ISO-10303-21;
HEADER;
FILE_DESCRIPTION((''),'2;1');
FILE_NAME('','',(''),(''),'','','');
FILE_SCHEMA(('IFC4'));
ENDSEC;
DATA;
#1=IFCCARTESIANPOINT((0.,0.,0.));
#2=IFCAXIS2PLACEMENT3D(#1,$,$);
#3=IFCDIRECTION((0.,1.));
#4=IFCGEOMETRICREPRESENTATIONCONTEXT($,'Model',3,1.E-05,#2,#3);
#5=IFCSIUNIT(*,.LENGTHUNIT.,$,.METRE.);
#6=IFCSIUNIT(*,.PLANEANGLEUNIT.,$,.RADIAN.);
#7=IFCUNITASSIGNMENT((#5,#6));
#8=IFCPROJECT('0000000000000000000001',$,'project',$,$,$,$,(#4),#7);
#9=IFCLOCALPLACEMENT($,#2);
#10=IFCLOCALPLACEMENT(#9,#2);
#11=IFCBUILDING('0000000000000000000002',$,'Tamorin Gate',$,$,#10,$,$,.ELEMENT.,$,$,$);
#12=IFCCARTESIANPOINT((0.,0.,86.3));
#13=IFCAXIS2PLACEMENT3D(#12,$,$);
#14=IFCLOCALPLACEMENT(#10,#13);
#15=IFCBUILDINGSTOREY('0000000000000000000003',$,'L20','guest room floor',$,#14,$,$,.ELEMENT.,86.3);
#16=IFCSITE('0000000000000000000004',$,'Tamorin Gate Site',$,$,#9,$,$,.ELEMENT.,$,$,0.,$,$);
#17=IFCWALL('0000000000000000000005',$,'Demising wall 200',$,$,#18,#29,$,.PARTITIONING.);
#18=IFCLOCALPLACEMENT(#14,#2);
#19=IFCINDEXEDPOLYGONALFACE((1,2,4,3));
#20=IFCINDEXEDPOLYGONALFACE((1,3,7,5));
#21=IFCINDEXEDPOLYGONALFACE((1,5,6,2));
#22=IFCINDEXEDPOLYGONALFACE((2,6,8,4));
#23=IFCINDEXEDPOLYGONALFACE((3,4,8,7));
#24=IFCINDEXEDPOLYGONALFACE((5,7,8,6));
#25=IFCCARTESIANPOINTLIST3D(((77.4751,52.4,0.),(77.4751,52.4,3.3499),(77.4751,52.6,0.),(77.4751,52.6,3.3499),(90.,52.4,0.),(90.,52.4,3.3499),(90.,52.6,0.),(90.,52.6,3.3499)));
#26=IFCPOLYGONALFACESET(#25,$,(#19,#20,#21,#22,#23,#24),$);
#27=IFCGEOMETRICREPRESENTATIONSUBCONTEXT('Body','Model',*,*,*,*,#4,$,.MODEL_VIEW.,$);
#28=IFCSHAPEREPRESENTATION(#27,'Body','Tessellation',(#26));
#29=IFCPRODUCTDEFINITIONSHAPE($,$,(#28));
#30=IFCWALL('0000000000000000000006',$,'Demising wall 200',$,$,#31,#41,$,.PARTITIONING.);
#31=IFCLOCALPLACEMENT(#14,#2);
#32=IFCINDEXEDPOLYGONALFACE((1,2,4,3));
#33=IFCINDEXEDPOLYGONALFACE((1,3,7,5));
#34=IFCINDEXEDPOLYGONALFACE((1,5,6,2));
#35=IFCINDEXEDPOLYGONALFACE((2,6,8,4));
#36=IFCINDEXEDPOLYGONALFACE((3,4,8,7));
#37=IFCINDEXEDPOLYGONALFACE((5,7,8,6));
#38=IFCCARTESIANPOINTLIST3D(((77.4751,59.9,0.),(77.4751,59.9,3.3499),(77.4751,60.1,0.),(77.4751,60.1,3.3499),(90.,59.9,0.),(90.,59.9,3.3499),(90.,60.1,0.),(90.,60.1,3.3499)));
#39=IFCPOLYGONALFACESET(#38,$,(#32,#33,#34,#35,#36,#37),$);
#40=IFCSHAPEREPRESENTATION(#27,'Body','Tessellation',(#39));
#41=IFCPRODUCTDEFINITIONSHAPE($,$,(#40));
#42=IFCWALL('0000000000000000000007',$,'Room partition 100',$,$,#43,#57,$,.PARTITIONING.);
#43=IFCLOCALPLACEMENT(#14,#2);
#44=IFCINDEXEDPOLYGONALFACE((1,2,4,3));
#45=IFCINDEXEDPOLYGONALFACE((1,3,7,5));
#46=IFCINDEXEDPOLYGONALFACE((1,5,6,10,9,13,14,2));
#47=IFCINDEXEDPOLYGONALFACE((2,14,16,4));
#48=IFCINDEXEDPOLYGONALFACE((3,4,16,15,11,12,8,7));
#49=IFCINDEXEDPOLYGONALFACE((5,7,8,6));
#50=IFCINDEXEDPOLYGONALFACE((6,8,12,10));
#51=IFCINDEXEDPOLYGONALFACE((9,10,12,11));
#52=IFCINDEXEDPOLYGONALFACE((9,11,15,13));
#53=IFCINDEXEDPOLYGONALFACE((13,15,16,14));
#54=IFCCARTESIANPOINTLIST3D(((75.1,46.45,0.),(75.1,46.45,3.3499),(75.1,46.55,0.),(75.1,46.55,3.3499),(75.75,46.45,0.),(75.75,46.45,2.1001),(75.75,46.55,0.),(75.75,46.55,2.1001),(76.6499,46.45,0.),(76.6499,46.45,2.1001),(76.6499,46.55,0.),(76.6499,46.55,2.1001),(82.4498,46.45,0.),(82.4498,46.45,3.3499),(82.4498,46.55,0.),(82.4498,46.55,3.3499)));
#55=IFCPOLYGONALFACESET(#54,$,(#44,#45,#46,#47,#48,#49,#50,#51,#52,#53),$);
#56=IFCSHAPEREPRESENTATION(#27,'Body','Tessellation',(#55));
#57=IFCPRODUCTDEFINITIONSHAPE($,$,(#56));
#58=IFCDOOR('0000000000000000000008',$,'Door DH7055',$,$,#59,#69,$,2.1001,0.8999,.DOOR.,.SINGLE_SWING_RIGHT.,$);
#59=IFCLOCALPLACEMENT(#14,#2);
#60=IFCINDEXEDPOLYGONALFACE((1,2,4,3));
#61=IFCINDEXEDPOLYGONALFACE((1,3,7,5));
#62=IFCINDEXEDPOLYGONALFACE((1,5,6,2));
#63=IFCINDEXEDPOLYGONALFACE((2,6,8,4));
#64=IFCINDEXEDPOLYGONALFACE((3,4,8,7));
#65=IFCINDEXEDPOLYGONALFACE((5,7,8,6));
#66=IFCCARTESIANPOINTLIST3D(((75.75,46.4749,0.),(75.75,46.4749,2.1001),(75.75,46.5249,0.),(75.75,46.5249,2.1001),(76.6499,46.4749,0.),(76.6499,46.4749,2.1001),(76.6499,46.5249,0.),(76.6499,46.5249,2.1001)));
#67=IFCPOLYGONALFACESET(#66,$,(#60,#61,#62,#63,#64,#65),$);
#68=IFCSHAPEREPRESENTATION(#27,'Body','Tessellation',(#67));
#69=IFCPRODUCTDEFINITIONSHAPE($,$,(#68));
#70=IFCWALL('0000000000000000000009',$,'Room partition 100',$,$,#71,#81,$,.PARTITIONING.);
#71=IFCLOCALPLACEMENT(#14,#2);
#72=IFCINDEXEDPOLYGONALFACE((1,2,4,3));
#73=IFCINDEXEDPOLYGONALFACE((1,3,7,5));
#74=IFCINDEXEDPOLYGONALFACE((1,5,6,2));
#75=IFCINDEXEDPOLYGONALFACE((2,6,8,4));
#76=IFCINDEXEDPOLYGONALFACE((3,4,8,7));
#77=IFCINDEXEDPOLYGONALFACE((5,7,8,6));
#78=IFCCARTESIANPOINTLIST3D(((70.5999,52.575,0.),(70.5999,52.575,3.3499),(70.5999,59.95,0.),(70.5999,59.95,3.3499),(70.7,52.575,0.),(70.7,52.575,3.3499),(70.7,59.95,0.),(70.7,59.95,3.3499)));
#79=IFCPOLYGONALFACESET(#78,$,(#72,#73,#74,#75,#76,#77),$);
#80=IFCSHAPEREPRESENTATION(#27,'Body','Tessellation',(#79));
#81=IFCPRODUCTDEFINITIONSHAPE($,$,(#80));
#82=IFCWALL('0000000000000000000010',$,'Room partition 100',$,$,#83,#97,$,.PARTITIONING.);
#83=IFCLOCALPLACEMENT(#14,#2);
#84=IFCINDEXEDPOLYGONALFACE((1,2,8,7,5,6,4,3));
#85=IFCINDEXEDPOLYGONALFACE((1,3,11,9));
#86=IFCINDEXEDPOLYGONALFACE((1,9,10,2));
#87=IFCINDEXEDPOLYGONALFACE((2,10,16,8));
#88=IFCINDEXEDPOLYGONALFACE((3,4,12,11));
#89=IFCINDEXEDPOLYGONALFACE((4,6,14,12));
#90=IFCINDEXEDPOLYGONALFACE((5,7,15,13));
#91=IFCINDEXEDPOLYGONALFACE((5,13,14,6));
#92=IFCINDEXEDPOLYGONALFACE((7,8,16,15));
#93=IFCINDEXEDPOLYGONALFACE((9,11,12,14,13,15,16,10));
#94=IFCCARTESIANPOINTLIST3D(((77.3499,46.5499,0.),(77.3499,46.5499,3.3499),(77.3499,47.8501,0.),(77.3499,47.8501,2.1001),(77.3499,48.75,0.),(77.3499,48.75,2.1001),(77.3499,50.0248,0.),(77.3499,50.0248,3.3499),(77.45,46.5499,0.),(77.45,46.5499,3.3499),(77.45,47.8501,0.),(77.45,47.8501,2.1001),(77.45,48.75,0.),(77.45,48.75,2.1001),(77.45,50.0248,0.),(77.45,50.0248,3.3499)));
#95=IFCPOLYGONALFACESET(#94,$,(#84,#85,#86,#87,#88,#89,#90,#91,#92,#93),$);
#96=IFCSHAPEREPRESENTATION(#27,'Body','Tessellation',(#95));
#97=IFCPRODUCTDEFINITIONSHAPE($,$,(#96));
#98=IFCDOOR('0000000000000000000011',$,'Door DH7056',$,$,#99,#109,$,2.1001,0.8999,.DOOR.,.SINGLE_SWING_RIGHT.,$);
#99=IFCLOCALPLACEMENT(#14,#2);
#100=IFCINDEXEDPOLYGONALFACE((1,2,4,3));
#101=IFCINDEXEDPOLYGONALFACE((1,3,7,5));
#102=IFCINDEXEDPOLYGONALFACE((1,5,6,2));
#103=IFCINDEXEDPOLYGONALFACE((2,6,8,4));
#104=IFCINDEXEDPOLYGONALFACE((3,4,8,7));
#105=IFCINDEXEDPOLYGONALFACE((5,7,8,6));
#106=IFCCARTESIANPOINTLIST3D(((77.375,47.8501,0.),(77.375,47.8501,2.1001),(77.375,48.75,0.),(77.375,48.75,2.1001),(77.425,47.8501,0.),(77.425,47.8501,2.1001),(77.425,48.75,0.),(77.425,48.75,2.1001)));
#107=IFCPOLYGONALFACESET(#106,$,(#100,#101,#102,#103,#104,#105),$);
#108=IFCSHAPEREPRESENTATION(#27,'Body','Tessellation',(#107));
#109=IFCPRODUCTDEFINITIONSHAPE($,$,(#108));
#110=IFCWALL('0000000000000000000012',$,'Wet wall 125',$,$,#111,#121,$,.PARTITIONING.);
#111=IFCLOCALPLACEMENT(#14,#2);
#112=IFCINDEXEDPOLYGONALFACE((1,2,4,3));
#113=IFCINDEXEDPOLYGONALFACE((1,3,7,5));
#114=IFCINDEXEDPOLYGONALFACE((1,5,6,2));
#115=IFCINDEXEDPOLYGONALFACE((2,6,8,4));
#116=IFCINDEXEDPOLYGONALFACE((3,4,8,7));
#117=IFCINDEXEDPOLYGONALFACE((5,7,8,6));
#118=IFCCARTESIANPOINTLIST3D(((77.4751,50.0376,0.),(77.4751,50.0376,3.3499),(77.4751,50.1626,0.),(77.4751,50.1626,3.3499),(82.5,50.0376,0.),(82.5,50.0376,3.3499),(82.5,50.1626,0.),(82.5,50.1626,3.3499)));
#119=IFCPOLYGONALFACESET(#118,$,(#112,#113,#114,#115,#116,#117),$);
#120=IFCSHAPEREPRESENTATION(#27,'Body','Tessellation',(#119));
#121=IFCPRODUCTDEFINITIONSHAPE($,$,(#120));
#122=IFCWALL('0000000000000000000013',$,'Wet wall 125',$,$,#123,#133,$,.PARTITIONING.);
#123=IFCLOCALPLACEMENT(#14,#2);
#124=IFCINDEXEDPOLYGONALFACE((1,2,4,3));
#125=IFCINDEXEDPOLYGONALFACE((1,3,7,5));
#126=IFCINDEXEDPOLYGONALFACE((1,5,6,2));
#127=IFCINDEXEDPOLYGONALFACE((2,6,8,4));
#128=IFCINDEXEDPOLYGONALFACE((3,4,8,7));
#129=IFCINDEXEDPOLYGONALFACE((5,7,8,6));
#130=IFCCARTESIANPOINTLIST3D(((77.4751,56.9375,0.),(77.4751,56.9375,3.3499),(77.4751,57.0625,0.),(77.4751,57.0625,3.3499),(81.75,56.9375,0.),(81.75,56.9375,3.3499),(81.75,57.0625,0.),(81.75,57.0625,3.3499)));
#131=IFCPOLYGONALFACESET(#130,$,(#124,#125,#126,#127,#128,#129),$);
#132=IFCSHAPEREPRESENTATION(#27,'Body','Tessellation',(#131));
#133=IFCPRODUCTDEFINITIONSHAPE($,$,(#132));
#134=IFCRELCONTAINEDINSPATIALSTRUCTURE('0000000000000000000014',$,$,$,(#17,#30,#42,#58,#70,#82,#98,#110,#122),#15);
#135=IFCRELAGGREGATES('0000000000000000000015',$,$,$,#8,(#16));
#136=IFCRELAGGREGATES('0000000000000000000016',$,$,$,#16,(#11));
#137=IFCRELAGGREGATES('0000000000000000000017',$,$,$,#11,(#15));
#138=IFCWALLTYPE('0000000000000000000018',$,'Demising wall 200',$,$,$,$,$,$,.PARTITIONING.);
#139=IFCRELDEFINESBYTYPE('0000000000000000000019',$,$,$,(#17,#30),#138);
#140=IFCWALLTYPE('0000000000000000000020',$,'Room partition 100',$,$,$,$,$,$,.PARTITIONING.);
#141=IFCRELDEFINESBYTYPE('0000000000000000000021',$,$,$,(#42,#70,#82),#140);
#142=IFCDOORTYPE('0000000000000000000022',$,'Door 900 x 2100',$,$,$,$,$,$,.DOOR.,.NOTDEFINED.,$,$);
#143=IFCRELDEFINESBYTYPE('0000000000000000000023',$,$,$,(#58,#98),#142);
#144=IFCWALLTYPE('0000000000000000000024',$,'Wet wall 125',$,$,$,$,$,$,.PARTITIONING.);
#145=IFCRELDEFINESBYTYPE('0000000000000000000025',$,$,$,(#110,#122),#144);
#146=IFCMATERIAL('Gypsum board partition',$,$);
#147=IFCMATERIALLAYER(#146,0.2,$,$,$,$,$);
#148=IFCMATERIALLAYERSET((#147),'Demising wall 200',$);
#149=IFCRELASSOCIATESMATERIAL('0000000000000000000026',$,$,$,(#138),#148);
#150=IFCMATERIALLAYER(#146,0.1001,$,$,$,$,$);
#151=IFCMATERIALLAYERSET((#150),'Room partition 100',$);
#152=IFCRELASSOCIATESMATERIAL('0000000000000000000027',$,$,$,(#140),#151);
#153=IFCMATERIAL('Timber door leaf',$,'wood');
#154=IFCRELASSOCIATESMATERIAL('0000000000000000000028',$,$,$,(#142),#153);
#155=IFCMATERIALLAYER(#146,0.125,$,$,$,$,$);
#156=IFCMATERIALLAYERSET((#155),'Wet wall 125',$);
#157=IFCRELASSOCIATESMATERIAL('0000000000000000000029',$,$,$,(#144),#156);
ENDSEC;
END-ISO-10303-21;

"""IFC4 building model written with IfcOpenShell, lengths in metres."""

from ifc_helpers import new_model, si_unit, direction, frame, frame_2d, origin, place, context, subcontext, project, spatial, rectangle, extrude, material, layer, layer_set, type_object, element, fill, save


model = new_model("IFC4")

# Units and contexts
model_context = context("Model", 3, precision=1e-05, world=origin(), true_north=direction((0.0, 1.0)))
body_context = subcontext(model_context, "Body", "Model", "MODEL_VIEW")
ifc_project = project(units=[si_unit("LENGTHUNIT", "METRE"), si_unit("PLANEANGLEUNIT", "RADIAN")], contexts=[model_context])

# Site, building, storey
site_placement = place(None, origin())
site = spatial("IfcSite", under=ifc_project, at=site_placement, Name="Tamorin Gate Site", CompositionType="ELEMENT", RefElevation=0.0)
building_placement = place(site_placement, origin())
building = spatial("IfcBuilding", under=site, at=building_placement, Name="Tamorin Gate", CompositionType="ELEMENT")
storey_placement = place(building_placement, frame((0.0, 0.0, 86.3)))
storey = spatial("IfcBuildingStorey", under=building, at=storey_placement, Name="L20", Description="guest room floor", CompositionType="ELEMENT", Elevation=86.3)

# Shared definitions
ifc_material_1 = material(Name="Gypsum board partition")
ifc_material_2 = material(Name="Timber door leaf", Category="wood")

# Walls
ifc_layer_1 = layer(ifc_material_1, 0.2)
ifc_layer_set_1 = layer_set([ifc_layer_1], Name="Demising wall 200")
wall_type_1 = type_object("IfcWallType", Name="Demising wall 200", PredefinedType="PARTITIONING", material=ifc_layer_set_1)
for number, where, z_axis, x_axis, name in (
    (1, (77.4751, 52.5, 0.0), (0.0, 0.0, 1.0), (1.0, 0.0, 0.0), "Demising wall 200"),
    (2, (77.4751, 60.0, 0.0), (0.0, 0.0, 1.0), (1.0, 0.0, 0.0), "Demising wall 200"),
):
    element("IfcWall", number, at=place(storey_placement, frame(where, z_axis=z_axis, x_axis=x_axis)), inside=storey, type_object=wall_type_1, Name=name, PredefinedType="PARTITIONING", context=body_context, shape_type="SweptSolid", body=[
        extrude(rectangle(XDim=12.5249, YDim=0.2, at=frame_2d((6.2625, 0.0))), origin(), (0.0, 0.0, 1.0), 3.3499),
    ])

# Wall, opening, door
ifc_layer_2 = layer(ifc_material_1, 0.1001)
ifc_layer_set_2 = layer_set([ifc_layer_2], Name="Room partition 100")
wall_type_2 = type_object("IfcWallType", Name="Room partition 100", PredefinedType="PARTITIONING", material=ifc_layer_set_2)
wall_1_placement = place(storey_placement, frame((75.1001, 46.5, 0.0), z_axis=(0.0, 0.0, 1.0), x_axis=(1.0, 0.0, 0.0)))
wall_1 = element("IfcWall", 3, at=wall_1_placement, inside=storey, type_object=wall_type_2, Name="Room partition 100", PredefinedType="PARTITIONING", context=body_context, shape_type="SweptSolid", body=[
    extrude(rectangle(XDim=7.3499, YDim=0.1001, at=frame_2d((3.6748, 0.0))), origin(), (0.0, 0.0, 1.0), 3.3499),
])
opening_1_placement = place(wall_1_placement, frame((0.6499, 0.0, 0.0)))
opening_1 = element("IfcOpeningElement", 4, at=opening_1_placement, cuts=wall_1, PredefinedType="OPENING", context=body_context, shape_type="SweptSolid", body=[
    extrude(rectangle(XDim=0.8999, YDim=2.1001, at=frame_2d((0.45, 1.05))), frame((0.0, 0.0601, 0.0), z_axis=(0.0, -1.0, 0.0), x_axis=(1.0, 0.0, 0.0)), (0.0, 0.0, 1.0), 0.1201),
])
door_type_1 = type_object("IfcDoorType", Name="Door 900 x 2100", OperationType="NOTDEFINED", PredefinedType="DOOR", material=ifc_material_2)
door_1_placement = place(opening_1_placement, origin())
door_1 = element("IfcDoor", 5, at=door_1_placement, inside=storey, type_object=door_type_1, Name="Door DH7055", OperationType="SINGLE_SWING_RIGHT", OverallHeight=2.1001, OverallWidth=0.8999, PredefinedType="DOOR", context=body_context, shape_type="SweptSolid", body=[
    extrude(rectangle(XDim=0.8999, YDim=2.1001, at=frame_2d((0.45, 1.05))), frame((0.0, 0.0249, 0.0), z_axis=(0.0, -1.0, 0.0), x_axis=(1.0, 0.0, 0.0)), (0.0, 0.0, 1.0), 0.05),
])
fill(opening_1, door_1)

# Wall
wall_2_placement = place(storey_placement, frame((70.6499, 52.575, 0.0), z_axis=(0.0, 0.0, 1.0), x_axis=(0.0, 1.0, 0.0)))
element("IfcWall", 6, at=wall_2_placement, inside=storey, type_object=wall_type_2, Name="Room partition 100", PredefinedType="PARTITIONING", context=body_context, shape_type="SweptSolid", body=[
    extrude(rectangle(XDim=7.375, YDim=0.1001, at=frame_2d((3.6875, 0.0))), origin(), (0.0, 0.0, 1.0), 3.3499),
])

# Wall, opening, door
wall_3_placement = place(storey_placement, frame((77.3999, 46.55, 0.0), z_axis=(0.0, 0.0, 1.0), x_axis=(0.0, 1.0, 0.0)))
wall_3 = element("IfcWall", 7, at=wall_3_placement, inside=storey, type_object=wall_type_2, Name="Room partition 100", PredefinedType="PARTITIONING", context=body_context, shape_type="SweptSolid", body=[
    extrude(rectangle(XDim=3.4749, YDim=0.1001, at=frame_2d((1.7373, 0.0))), origin(), (0.0, 0.0, 1.0), 3.3499),
])
opening_2_placement = place(wall_3_placement, frame((1.3, 0.0, 0.0)))
opening_2 = element("IfcOpeningElement", 8, at=opening_2_placement, cuts=wall_3, PredefinedType="OPENING", context=body_context, shape_type="SweptSolid", body=[
    extrude(rectangle(XDim=0.8999, YDim=2.1001, at=frame_2d((0.45, 1.05))), frame((0.0, 0.0601, 0.0), z_axis=(0.0, -1.0, 0.0), x_axis=(1.0, 0.0, 0.0)), (0.0, 0.0, 1.0), 0.1201),
])
door_2_placement = place(opening_2_placement, origin())
door_2 = element("IfcDoor", 9, at=door_2_placement, inside=storey, type_object=door_type_1, Name="Door DH7056", OperationType="SINGLE_SWING_RIGHT", OverallHeight=2.1001, OverallWidth=0.8999, PredefinedType="DOOR", context=body_context, shape_type="SweptSolid", body=[
    extrude(rectangle(XDim=0.8999, YDim=2.1001, at=frame_2d((0.45, 1.05))), frame((0.0, 0.0249, 0.0), z_axis=(0.0, -1.0, 0.0), x_axis=(1.0, 0.0, 0.0)), (0.0, 0.0, 1.0), 0.05),
])
fill(opening_2, door_2)

# Walls
ifc_layer_3 = layer(ifc_material_1, 0.125)
ifc_layer_set_3 = layer_set([ifc_layer_3], Name="Wet wall 125")
wall_type_3 = type_object("IfcWallType", Name="Wet wall 125", PredefinedType="PARTITIONING", material=ifc_layer_set_3)
wall_4_placement = place(storey_placement, frame((77.4751, 50.1001, 0.0), z_axis=(0.0, 0.0, 1.0), x_axis=(1.0, 0.0, 0.0)))
element("IfcWall", 10, at=wall_4_placement, inside=storey, type_object=wall_type_3, Name="Wet wall 125", PredefinedType="PARTITIONING", context=body_context, shape_type="SweptSolid", body=[
    extrude(rectangle(XDim=5.0249, YDim=0.125, at=frame_2d((2.5125, 0.0))), origin(), (0.0, 0.0, 1.0), 3.3499),
])
wall_5_placement = place(storey_placement, frame((77.4751, 57.0, 0.0), z_axis=(0.0, 0.0, 1.0), x_axis=(1.0, 0.0, 0.0)))
element("IfcWall", 11, at=wall_5_placement, inside=storey, type_object=wall_type_3, Name="Wet wall 125", PredefinedType="PARTITIONING", context=body_context, shape_type="SweptSolid", body=[
    extrude(rectangle(XDim=4.2749, YDim=0.125, at=frame_2d((2.1375, 0.0))), origin(), (0.0, 0.0, 1.0), 3.3499),
])

save(model, "model.ifc")
